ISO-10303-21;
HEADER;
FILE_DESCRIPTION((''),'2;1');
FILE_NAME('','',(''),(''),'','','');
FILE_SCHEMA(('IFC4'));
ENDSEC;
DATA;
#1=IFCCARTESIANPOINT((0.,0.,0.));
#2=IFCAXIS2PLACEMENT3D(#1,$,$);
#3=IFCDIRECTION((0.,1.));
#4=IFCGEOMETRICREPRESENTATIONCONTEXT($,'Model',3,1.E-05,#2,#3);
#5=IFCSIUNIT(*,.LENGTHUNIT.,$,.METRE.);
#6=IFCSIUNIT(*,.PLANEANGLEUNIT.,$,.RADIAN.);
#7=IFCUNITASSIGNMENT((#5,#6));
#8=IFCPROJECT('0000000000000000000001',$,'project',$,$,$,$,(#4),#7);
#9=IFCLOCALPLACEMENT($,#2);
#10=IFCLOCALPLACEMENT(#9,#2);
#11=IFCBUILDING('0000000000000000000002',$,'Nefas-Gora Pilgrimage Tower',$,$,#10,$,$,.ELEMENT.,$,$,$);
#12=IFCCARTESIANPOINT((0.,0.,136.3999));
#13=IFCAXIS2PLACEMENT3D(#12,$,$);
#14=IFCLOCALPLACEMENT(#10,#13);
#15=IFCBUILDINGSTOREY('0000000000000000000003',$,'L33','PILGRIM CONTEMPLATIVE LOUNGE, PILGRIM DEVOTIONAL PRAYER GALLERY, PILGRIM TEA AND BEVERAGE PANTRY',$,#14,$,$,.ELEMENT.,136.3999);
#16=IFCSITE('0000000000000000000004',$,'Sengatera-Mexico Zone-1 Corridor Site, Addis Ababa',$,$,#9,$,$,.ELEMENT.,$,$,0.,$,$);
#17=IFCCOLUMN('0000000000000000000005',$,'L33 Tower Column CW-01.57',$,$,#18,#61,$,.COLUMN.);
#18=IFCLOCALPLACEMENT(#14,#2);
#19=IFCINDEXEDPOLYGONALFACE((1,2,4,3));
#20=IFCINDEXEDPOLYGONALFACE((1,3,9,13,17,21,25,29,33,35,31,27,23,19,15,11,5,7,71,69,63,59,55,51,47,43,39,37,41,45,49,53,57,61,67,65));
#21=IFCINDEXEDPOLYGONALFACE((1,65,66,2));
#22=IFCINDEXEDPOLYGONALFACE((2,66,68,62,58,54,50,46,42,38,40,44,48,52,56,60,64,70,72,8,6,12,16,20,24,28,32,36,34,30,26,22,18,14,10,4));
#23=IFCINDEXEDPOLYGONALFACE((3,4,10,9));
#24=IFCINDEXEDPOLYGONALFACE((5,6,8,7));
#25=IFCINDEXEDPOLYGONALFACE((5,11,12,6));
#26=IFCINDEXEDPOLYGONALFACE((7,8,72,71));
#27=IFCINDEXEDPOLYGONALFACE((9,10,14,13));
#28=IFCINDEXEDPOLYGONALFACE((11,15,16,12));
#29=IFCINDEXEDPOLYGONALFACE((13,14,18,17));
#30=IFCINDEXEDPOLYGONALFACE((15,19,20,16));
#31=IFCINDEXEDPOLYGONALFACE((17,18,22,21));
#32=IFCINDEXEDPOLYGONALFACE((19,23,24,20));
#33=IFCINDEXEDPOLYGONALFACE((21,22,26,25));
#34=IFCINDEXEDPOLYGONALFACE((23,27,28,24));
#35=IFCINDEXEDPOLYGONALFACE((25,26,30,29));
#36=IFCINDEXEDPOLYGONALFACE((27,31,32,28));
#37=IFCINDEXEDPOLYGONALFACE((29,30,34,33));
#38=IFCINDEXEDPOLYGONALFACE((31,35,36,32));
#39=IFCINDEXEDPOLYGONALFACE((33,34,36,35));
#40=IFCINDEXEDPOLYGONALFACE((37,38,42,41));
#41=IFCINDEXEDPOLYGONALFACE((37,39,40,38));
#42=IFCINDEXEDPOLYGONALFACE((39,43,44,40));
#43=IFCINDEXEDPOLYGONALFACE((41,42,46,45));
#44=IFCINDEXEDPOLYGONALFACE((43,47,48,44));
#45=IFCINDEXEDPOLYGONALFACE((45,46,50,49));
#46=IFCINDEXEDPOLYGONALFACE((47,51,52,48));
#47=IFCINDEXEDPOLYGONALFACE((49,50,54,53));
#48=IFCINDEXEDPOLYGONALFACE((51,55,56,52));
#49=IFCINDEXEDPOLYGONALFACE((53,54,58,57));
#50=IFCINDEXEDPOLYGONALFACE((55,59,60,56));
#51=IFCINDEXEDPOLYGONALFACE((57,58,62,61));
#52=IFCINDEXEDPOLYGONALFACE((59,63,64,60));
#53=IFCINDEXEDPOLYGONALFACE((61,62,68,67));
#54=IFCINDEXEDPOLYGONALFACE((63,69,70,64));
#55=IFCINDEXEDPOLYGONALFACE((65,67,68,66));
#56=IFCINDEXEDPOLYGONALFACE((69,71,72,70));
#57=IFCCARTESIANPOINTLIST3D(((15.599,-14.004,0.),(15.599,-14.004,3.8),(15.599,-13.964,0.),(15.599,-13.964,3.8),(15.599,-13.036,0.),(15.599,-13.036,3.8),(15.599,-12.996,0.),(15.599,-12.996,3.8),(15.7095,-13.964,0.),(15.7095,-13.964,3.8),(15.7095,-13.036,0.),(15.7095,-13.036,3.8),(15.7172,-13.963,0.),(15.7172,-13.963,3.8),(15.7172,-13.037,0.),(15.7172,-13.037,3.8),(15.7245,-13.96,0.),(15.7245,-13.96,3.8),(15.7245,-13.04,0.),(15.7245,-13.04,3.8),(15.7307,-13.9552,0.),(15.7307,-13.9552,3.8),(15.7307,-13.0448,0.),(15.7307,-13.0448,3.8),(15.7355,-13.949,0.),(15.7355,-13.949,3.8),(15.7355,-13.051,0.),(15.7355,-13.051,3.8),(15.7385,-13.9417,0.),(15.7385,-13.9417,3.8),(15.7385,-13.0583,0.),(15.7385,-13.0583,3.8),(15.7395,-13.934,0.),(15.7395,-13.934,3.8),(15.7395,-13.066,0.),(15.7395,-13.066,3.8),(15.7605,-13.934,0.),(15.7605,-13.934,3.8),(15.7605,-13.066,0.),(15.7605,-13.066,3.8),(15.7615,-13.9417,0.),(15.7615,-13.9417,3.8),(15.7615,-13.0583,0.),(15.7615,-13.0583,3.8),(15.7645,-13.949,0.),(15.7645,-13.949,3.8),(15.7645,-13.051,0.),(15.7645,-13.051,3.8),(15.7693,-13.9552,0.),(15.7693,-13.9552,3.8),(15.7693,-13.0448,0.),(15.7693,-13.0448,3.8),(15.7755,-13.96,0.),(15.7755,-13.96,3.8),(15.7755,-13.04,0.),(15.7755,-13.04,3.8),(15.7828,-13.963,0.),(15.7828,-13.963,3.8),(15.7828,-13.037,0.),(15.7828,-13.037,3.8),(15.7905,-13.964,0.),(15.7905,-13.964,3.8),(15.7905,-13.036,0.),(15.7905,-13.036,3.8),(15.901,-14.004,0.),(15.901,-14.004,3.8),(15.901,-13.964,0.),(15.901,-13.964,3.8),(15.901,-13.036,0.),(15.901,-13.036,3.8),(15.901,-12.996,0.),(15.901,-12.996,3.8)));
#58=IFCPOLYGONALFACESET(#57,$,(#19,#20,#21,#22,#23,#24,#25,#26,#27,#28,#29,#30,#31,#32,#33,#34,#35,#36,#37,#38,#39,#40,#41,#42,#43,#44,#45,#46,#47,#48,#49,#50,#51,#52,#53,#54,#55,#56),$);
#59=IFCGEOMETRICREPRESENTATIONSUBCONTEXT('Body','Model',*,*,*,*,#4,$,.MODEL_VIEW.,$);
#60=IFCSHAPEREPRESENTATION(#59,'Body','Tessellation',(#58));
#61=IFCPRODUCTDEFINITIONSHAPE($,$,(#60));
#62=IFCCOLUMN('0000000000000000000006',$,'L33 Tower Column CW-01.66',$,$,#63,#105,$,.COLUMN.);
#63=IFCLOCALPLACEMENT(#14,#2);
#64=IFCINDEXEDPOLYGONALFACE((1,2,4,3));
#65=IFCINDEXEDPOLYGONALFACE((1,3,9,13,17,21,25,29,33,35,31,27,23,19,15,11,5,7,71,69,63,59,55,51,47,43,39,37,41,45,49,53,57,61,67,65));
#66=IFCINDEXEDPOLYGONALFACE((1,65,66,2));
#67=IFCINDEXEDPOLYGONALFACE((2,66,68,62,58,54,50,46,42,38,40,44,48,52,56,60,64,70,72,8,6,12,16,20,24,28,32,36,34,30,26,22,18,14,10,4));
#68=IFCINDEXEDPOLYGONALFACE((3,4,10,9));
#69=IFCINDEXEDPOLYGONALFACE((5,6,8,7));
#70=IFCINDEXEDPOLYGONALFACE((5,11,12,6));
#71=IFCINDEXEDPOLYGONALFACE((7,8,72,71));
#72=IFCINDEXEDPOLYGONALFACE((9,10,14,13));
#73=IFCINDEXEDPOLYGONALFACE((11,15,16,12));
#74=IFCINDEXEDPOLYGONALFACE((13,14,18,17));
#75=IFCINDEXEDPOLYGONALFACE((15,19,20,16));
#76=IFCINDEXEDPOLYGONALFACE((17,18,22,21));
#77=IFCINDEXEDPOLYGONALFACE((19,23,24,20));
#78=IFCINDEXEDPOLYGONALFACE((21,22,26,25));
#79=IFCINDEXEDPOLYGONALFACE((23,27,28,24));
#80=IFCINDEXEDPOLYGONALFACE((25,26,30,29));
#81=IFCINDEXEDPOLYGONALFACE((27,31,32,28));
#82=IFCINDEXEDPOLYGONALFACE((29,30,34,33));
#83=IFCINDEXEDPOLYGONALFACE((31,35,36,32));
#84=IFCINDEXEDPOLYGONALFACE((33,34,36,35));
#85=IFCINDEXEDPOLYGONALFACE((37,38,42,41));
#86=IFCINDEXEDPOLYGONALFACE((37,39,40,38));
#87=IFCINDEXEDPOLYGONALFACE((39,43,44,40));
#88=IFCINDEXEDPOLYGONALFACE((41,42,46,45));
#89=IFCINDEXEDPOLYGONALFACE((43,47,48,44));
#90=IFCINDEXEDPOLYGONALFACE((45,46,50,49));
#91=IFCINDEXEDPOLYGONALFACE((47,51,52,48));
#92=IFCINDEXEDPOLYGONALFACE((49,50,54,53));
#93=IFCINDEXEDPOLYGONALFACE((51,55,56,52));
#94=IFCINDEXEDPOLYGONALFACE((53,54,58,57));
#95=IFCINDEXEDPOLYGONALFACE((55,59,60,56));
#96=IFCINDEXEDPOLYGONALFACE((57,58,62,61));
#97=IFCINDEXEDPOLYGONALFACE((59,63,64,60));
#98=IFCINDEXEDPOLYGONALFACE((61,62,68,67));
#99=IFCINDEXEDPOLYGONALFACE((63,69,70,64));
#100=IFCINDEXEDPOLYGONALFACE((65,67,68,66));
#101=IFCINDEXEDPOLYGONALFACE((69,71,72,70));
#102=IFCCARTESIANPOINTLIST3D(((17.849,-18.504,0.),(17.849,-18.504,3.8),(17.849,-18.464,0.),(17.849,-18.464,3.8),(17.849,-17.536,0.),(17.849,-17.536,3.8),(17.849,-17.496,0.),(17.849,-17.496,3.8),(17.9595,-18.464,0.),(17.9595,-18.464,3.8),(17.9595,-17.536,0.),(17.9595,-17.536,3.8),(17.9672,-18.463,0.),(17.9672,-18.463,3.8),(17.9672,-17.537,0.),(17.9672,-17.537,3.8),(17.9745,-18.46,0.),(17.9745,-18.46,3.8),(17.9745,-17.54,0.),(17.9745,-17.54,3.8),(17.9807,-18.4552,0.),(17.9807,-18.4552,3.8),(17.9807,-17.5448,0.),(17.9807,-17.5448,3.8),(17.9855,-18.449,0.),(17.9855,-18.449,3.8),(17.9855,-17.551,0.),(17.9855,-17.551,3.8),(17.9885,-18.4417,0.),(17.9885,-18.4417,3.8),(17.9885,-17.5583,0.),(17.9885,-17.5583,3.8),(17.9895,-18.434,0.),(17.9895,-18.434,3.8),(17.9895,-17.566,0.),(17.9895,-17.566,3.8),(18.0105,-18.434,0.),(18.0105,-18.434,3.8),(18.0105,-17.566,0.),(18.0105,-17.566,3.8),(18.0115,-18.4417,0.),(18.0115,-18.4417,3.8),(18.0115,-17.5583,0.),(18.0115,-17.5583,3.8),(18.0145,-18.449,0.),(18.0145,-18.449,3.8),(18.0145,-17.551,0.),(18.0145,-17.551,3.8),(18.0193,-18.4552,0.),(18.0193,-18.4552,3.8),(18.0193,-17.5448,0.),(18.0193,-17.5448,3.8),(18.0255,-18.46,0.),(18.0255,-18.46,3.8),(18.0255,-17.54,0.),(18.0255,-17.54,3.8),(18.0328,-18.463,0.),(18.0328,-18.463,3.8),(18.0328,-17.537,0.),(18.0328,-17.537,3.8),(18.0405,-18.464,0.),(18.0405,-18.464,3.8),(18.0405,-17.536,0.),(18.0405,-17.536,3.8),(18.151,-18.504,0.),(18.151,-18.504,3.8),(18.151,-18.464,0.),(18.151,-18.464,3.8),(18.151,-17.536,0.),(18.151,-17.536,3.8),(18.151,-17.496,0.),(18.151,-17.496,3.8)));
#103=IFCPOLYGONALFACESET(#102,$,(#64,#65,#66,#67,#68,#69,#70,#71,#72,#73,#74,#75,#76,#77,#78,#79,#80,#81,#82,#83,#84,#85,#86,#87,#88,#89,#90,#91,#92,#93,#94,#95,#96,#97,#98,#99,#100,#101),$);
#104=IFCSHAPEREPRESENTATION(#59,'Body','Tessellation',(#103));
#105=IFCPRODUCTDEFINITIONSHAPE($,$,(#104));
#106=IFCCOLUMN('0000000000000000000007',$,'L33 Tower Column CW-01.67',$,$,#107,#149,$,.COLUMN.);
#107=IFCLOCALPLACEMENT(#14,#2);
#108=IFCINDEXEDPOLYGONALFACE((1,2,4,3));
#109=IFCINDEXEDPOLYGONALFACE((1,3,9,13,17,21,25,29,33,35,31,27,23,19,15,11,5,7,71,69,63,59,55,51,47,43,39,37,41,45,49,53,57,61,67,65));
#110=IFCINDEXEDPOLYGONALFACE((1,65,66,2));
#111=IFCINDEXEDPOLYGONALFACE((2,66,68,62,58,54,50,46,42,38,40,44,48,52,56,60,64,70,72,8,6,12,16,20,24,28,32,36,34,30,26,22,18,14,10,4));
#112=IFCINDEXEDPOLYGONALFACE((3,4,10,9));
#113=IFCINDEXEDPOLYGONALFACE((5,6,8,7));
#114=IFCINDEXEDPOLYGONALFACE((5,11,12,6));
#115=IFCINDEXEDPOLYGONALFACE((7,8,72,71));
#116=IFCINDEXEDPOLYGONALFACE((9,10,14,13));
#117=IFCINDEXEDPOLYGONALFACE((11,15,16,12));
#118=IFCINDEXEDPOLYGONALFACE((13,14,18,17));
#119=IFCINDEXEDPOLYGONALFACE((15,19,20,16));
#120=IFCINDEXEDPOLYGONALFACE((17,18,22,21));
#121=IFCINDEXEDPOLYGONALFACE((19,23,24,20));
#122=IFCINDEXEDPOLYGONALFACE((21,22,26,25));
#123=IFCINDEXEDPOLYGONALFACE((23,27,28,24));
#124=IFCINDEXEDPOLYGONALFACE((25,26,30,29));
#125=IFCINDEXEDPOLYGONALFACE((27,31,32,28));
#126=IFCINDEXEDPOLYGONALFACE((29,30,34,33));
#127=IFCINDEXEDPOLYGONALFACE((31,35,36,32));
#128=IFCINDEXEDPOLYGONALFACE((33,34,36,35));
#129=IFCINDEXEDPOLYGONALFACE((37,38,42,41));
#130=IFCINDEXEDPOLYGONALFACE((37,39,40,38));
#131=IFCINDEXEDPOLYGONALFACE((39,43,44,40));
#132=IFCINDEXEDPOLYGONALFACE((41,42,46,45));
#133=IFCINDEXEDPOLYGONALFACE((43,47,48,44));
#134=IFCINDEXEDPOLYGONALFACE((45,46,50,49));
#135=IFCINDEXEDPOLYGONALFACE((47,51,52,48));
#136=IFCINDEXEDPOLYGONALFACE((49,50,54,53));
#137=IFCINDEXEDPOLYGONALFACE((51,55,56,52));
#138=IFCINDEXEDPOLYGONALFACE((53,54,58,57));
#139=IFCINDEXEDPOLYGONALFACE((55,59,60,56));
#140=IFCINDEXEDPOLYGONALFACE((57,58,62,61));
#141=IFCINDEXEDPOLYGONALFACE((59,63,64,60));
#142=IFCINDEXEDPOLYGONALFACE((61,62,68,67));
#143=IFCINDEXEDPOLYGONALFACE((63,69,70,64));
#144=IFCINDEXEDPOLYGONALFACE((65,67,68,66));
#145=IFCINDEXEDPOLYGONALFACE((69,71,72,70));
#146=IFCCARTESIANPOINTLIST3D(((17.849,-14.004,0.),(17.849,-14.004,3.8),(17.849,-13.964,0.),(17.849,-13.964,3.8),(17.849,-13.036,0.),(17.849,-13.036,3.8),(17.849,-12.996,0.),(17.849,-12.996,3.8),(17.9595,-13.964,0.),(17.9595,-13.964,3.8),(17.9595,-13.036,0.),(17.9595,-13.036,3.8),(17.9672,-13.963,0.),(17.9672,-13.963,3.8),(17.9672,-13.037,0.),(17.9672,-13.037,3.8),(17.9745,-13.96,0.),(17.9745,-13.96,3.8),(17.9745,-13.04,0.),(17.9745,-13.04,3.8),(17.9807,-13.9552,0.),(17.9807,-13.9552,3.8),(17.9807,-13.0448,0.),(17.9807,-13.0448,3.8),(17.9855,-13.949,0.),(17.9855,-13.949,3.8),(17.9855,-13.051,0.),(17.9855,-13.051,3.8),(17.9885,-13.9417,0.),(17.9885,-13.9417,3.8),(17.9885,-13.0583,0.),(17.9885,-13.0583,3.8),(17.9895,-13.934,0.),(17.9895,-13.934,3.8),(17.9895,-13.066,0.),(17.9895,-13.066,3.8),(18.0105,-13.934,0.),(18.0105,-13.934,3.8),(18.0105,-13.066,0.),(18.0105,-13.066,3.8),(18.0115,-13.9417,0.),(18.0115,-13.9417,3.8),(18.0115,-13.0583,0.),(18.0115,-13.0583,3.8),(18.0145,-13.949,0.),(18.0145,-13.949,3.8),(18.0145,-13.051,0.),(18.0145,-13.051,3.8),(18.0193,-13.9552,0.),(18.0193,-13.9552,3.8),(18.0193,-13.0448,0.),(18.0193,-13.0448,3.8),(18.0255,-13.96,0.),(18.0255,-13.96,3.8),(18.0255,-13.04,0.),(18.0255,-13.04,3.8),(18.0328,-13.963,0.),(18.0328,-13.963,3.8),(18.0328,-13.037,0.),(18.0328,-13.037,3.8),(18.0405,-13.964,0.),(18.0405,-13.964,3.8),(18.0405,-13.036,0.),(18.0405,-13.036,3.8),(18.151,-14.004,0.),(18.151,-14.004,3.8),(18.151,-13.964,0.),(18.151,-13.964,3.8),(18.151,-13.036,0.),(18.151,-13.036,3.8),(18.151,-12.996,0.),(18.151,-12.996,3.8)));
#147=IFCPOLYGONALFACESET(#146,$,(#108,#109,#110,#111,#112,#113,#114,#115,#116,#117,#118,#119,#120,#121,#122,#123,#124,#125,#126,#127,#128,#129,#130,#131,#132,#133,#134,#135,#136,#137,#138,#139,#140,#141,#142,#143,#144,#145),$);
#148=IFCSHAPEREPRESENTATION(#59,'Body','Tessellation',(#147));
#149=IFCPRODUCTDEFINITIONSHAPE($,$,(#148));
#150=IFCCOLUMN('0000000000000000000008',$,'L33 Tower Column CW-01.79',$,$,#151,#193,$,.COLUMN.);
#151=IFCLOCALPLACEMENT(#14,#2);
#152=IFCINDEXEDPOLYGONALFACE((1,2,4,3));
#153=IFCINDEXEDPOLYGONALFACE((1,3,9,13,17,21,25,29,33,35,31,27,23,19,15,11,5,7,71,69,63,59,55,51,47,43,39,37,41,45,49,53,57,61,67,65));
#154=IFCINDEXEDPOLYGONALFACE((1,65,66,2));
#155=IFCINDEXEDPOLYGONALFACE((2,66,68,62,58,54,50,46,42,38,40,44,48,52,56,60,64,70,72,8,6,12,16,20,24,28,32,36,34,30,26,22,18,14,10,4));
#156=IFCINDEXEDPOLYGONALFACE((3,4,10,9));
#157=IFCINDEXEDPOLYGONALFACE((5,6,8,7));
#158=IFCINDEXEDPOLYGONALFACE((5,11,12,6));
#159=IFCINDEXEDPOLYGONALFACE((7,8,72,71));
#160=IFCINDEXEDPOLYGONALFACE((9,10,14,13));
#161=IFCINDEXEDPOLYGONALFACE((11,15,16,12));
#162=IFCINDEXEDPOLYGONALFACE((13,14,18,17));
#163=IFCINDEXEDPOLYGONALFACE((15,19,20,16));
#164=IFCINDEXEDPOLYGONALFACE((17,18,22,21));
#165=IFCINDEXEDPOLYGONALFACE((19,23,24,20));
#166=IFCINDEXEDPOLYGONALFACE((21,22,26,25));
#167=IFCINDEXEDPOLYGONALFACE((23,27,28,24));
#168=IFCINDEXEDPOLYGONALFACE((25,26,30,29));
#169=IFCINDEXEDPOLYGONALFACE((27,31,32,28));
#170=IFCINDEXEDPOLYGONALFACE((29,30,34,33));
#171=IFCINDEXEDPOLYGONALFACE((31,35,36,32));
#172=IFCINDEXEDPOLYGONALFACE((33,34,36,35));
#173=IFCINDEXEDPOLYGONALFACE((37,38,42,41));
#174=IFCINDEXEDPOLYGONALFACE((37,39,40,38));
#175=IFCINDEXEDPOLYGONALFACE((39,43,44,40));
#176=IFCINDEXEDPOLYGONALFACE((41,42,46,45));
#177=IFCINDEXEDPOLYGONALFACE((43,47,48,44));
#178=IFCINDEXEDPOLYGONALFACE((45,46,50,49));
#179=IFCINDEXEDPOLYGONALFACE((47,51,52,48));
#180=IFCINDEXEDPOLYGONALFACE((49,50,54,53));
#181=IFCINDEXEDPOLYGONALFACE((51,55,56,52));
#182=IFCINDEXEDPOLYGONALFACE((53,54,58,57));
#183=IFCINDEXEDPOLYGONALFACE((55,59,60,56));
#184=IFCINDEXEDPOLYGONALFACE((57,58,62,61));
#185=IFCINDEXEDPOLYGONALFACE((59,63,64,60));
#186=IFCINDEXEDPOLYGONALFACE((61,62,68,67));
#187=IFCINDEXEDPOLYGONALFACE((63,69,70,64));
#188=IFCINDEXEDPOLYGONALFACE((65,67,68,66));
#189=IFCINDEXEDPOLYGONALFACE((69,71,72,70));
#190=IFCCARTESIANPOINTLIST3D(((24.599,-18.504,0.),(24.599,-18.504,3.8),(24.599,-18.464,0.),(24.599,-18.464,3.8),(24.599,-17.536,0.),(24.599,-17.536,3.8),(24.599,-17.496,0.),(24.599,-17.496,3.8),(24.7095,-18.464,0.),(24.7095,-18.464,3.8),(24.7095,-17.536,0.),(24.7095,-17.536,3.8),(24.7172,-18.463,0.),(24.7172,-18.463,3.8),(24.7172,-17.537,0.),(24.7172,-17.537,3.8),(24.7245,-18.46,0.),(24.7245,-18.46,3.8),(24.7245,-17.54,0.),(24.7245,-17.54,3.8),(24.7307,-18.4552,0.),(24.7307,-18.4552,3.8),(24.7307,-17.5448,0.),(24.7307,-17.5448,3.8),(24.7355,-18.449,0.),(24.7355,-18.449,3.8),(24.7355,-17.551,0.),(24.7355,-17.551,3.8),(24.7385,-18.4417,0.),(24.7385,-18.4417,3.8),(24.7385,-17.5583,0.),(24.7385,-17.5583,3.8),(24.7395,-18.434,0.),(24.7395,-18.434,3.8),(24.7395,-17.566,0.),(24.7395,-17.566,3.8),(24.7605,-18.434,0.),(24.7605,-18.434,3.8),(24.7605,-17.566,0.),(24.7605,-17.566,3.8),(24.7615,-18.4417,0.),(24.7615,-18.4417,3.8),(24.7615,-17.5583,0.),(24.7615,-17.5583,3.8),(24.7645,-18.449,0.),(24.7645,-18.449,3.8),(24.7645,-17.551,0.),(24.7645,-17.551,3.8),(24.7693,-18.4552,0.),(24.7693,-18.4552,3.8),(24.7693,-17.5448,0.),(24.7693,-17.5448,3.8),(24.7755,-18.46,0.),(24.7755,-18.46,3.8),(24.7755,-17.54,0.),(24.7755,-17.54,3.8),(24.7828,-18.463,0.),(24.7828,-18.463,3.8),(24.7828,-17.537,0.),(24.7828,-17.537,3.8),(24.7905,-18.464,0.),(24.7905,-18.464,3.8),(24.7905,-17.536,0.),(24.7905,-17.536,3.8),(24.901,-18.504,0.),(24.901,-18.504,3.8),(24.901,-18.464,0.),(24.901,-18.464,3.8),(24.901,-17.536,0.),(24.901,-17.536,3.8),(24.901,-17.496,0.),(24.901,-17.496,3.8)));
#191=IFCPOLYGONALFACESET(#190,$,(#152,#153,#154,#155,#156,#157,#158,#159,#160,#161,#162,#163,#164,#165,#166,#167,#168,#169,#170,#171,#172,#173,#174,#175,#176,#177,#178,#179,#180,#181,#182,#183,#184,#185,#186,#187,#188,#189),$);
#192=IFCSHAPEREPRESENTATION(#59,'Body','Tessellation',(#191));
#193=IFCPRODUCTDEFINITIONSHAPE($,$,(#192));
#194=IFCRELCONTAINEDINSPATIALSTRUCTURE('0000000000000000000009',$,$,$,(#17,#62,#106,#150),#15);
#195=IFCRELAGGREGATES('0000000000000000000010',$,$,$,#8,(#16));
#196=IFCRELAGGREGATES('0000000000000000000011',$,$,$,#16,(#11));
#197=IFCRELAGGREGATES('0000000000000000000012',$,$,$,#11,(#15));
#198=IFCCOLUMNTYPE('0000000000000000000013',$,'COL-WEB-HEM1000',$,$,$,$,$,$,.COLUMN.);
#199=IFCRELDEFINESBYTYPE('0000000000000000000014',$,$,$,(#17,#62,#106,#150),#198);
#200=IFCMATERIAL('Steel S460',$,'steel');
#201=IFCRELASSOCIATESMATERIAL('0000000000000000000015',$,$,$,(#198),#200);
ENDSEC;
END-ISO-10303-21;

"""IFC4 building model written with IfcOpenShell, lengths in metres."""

from ifc_helpers import new_model, si_unit, direction, frame, origin, origin_2d, place, context, subcontext, project, spatial, i_section, extrude, source, transform, mapped, material, material_profile, profile_set, type_object, element, save


model = new_model("IFC4")

# Units and contexts
model_context = context("Model", 3, precision=1e-05, world=origin(), true_north=direction((0.0, 1.0)))
body_context = subcontext(model_context, "Body", "Model", "MODEL_VIEW")
ifc_project = project(units=[si_unit("LENGTHUNIT", "METRE"), si_unit("PLANEANGLEUNIT", "RADIAN")], contexts=[model_context])

# Site, building, storey
site_placement = place(None, origin())
site = spatial("IfcSite", under=ifc_project, at=site_placement, Name="Sengatera-Mexico Zone-1 Corridor Site, Addis Ababa", CompositionType="ELEMENT", RefElevation=0.0)
building_placement = place(site_placement, origin())
building = spatial("IfcBuilding", under=site, at=building_placement, Name="Nefas-Gora Pilgrimage Tower", CompositionType="ELEMENT")
storey_placement = place(building_placement, frame((0.0, 0.0, 136.3999)))
storey = spatial("IfcBuildingStorey", under=building, at=storey_placement, Name="L33", Description="PILGRIM CONTEMPLATIVE LOUNGE, PILGRIM DEVOTIONAL PRAYER GALLERY, PILGRIM TEA AND BEVERAGE PANTRY", CompositionType="ELEMENT", Elevation=136.3999)

# Columns
ifc_material_1 = material(Name="Steel S460", Category="steel")
ifc_material_profile_1 = material_profile(ifc_material_1, i_section(OverallWidth=0.302, OverallDepth=1.0081, WebThickness=0.021, FlangeThickness=0.04, FilletRadius=0.03, at=origin_2d()), Name="HEM 1000")
ifc_profile_set_1 = profile_set([ifc_material_profile_1], Name="Steel S460")
column_type_1 = type_object("IfcColumnType", Name="COL-WEB-HEM1000", PredefinedType="COLUMN", material=ifc_profile_set_1)
shared_shape_1 = source(origin(), body_context, "Body", "SweptSolid", [
    extrude(i_section(OverallWidth=0.302, OverallDepth=1.0081, WebThickness=0.021, FlangeThickness=0.04, FilletRadius=0.03, at=origin_2d()), origin(), (0.0, 0.0, 1.0), 3.8),
])
for number, where, z_axis, x_axis, name in (
    (1, (15.75, -13.5, 0.0), (0.0, 0.0, 1.0), (1.0, 0.0, 0.0), "L33 Tower Column CW-01.57"),
    (2, (18.0, -18.0, 0.0), (0.0, 0.0, 1.0), (1.0, 0.0, 0.0), "L33 Tower Column CW-01.66"),
    (3, (18.0, -13.5, 0.0), (0.0, 0.0, 1.0), (1.0, 0.0, 0.0), "L33 Tower Column CW-01.67"),
    (4, (24.75, -18.0, 0.0), (0.0, 0.0, 1.0), (1.0, 0.0, 0.0), "L33 Tower Column CW-01.79"),
):
    element("IfcColumn", number, at=place(storey_placement, frame(where, z_axis=z_axis, x_axis=x_axis)), inside=storey, type_object=column_type_1, Name=name, PredefinedType="COLUMN", context=body_context, shape_type="MappedRepresentation", body=[
        mapped(shared_shape_1, transform((0.0, 0.0, 0.0), x_axis=(1.0, 0.0, 0.0), y_axis=(0.0, 1.0, 0.0), z_axis=(0.0, 0.0, 1.0), scale=1.0)),
    ])

save(model, "model.ifc")
